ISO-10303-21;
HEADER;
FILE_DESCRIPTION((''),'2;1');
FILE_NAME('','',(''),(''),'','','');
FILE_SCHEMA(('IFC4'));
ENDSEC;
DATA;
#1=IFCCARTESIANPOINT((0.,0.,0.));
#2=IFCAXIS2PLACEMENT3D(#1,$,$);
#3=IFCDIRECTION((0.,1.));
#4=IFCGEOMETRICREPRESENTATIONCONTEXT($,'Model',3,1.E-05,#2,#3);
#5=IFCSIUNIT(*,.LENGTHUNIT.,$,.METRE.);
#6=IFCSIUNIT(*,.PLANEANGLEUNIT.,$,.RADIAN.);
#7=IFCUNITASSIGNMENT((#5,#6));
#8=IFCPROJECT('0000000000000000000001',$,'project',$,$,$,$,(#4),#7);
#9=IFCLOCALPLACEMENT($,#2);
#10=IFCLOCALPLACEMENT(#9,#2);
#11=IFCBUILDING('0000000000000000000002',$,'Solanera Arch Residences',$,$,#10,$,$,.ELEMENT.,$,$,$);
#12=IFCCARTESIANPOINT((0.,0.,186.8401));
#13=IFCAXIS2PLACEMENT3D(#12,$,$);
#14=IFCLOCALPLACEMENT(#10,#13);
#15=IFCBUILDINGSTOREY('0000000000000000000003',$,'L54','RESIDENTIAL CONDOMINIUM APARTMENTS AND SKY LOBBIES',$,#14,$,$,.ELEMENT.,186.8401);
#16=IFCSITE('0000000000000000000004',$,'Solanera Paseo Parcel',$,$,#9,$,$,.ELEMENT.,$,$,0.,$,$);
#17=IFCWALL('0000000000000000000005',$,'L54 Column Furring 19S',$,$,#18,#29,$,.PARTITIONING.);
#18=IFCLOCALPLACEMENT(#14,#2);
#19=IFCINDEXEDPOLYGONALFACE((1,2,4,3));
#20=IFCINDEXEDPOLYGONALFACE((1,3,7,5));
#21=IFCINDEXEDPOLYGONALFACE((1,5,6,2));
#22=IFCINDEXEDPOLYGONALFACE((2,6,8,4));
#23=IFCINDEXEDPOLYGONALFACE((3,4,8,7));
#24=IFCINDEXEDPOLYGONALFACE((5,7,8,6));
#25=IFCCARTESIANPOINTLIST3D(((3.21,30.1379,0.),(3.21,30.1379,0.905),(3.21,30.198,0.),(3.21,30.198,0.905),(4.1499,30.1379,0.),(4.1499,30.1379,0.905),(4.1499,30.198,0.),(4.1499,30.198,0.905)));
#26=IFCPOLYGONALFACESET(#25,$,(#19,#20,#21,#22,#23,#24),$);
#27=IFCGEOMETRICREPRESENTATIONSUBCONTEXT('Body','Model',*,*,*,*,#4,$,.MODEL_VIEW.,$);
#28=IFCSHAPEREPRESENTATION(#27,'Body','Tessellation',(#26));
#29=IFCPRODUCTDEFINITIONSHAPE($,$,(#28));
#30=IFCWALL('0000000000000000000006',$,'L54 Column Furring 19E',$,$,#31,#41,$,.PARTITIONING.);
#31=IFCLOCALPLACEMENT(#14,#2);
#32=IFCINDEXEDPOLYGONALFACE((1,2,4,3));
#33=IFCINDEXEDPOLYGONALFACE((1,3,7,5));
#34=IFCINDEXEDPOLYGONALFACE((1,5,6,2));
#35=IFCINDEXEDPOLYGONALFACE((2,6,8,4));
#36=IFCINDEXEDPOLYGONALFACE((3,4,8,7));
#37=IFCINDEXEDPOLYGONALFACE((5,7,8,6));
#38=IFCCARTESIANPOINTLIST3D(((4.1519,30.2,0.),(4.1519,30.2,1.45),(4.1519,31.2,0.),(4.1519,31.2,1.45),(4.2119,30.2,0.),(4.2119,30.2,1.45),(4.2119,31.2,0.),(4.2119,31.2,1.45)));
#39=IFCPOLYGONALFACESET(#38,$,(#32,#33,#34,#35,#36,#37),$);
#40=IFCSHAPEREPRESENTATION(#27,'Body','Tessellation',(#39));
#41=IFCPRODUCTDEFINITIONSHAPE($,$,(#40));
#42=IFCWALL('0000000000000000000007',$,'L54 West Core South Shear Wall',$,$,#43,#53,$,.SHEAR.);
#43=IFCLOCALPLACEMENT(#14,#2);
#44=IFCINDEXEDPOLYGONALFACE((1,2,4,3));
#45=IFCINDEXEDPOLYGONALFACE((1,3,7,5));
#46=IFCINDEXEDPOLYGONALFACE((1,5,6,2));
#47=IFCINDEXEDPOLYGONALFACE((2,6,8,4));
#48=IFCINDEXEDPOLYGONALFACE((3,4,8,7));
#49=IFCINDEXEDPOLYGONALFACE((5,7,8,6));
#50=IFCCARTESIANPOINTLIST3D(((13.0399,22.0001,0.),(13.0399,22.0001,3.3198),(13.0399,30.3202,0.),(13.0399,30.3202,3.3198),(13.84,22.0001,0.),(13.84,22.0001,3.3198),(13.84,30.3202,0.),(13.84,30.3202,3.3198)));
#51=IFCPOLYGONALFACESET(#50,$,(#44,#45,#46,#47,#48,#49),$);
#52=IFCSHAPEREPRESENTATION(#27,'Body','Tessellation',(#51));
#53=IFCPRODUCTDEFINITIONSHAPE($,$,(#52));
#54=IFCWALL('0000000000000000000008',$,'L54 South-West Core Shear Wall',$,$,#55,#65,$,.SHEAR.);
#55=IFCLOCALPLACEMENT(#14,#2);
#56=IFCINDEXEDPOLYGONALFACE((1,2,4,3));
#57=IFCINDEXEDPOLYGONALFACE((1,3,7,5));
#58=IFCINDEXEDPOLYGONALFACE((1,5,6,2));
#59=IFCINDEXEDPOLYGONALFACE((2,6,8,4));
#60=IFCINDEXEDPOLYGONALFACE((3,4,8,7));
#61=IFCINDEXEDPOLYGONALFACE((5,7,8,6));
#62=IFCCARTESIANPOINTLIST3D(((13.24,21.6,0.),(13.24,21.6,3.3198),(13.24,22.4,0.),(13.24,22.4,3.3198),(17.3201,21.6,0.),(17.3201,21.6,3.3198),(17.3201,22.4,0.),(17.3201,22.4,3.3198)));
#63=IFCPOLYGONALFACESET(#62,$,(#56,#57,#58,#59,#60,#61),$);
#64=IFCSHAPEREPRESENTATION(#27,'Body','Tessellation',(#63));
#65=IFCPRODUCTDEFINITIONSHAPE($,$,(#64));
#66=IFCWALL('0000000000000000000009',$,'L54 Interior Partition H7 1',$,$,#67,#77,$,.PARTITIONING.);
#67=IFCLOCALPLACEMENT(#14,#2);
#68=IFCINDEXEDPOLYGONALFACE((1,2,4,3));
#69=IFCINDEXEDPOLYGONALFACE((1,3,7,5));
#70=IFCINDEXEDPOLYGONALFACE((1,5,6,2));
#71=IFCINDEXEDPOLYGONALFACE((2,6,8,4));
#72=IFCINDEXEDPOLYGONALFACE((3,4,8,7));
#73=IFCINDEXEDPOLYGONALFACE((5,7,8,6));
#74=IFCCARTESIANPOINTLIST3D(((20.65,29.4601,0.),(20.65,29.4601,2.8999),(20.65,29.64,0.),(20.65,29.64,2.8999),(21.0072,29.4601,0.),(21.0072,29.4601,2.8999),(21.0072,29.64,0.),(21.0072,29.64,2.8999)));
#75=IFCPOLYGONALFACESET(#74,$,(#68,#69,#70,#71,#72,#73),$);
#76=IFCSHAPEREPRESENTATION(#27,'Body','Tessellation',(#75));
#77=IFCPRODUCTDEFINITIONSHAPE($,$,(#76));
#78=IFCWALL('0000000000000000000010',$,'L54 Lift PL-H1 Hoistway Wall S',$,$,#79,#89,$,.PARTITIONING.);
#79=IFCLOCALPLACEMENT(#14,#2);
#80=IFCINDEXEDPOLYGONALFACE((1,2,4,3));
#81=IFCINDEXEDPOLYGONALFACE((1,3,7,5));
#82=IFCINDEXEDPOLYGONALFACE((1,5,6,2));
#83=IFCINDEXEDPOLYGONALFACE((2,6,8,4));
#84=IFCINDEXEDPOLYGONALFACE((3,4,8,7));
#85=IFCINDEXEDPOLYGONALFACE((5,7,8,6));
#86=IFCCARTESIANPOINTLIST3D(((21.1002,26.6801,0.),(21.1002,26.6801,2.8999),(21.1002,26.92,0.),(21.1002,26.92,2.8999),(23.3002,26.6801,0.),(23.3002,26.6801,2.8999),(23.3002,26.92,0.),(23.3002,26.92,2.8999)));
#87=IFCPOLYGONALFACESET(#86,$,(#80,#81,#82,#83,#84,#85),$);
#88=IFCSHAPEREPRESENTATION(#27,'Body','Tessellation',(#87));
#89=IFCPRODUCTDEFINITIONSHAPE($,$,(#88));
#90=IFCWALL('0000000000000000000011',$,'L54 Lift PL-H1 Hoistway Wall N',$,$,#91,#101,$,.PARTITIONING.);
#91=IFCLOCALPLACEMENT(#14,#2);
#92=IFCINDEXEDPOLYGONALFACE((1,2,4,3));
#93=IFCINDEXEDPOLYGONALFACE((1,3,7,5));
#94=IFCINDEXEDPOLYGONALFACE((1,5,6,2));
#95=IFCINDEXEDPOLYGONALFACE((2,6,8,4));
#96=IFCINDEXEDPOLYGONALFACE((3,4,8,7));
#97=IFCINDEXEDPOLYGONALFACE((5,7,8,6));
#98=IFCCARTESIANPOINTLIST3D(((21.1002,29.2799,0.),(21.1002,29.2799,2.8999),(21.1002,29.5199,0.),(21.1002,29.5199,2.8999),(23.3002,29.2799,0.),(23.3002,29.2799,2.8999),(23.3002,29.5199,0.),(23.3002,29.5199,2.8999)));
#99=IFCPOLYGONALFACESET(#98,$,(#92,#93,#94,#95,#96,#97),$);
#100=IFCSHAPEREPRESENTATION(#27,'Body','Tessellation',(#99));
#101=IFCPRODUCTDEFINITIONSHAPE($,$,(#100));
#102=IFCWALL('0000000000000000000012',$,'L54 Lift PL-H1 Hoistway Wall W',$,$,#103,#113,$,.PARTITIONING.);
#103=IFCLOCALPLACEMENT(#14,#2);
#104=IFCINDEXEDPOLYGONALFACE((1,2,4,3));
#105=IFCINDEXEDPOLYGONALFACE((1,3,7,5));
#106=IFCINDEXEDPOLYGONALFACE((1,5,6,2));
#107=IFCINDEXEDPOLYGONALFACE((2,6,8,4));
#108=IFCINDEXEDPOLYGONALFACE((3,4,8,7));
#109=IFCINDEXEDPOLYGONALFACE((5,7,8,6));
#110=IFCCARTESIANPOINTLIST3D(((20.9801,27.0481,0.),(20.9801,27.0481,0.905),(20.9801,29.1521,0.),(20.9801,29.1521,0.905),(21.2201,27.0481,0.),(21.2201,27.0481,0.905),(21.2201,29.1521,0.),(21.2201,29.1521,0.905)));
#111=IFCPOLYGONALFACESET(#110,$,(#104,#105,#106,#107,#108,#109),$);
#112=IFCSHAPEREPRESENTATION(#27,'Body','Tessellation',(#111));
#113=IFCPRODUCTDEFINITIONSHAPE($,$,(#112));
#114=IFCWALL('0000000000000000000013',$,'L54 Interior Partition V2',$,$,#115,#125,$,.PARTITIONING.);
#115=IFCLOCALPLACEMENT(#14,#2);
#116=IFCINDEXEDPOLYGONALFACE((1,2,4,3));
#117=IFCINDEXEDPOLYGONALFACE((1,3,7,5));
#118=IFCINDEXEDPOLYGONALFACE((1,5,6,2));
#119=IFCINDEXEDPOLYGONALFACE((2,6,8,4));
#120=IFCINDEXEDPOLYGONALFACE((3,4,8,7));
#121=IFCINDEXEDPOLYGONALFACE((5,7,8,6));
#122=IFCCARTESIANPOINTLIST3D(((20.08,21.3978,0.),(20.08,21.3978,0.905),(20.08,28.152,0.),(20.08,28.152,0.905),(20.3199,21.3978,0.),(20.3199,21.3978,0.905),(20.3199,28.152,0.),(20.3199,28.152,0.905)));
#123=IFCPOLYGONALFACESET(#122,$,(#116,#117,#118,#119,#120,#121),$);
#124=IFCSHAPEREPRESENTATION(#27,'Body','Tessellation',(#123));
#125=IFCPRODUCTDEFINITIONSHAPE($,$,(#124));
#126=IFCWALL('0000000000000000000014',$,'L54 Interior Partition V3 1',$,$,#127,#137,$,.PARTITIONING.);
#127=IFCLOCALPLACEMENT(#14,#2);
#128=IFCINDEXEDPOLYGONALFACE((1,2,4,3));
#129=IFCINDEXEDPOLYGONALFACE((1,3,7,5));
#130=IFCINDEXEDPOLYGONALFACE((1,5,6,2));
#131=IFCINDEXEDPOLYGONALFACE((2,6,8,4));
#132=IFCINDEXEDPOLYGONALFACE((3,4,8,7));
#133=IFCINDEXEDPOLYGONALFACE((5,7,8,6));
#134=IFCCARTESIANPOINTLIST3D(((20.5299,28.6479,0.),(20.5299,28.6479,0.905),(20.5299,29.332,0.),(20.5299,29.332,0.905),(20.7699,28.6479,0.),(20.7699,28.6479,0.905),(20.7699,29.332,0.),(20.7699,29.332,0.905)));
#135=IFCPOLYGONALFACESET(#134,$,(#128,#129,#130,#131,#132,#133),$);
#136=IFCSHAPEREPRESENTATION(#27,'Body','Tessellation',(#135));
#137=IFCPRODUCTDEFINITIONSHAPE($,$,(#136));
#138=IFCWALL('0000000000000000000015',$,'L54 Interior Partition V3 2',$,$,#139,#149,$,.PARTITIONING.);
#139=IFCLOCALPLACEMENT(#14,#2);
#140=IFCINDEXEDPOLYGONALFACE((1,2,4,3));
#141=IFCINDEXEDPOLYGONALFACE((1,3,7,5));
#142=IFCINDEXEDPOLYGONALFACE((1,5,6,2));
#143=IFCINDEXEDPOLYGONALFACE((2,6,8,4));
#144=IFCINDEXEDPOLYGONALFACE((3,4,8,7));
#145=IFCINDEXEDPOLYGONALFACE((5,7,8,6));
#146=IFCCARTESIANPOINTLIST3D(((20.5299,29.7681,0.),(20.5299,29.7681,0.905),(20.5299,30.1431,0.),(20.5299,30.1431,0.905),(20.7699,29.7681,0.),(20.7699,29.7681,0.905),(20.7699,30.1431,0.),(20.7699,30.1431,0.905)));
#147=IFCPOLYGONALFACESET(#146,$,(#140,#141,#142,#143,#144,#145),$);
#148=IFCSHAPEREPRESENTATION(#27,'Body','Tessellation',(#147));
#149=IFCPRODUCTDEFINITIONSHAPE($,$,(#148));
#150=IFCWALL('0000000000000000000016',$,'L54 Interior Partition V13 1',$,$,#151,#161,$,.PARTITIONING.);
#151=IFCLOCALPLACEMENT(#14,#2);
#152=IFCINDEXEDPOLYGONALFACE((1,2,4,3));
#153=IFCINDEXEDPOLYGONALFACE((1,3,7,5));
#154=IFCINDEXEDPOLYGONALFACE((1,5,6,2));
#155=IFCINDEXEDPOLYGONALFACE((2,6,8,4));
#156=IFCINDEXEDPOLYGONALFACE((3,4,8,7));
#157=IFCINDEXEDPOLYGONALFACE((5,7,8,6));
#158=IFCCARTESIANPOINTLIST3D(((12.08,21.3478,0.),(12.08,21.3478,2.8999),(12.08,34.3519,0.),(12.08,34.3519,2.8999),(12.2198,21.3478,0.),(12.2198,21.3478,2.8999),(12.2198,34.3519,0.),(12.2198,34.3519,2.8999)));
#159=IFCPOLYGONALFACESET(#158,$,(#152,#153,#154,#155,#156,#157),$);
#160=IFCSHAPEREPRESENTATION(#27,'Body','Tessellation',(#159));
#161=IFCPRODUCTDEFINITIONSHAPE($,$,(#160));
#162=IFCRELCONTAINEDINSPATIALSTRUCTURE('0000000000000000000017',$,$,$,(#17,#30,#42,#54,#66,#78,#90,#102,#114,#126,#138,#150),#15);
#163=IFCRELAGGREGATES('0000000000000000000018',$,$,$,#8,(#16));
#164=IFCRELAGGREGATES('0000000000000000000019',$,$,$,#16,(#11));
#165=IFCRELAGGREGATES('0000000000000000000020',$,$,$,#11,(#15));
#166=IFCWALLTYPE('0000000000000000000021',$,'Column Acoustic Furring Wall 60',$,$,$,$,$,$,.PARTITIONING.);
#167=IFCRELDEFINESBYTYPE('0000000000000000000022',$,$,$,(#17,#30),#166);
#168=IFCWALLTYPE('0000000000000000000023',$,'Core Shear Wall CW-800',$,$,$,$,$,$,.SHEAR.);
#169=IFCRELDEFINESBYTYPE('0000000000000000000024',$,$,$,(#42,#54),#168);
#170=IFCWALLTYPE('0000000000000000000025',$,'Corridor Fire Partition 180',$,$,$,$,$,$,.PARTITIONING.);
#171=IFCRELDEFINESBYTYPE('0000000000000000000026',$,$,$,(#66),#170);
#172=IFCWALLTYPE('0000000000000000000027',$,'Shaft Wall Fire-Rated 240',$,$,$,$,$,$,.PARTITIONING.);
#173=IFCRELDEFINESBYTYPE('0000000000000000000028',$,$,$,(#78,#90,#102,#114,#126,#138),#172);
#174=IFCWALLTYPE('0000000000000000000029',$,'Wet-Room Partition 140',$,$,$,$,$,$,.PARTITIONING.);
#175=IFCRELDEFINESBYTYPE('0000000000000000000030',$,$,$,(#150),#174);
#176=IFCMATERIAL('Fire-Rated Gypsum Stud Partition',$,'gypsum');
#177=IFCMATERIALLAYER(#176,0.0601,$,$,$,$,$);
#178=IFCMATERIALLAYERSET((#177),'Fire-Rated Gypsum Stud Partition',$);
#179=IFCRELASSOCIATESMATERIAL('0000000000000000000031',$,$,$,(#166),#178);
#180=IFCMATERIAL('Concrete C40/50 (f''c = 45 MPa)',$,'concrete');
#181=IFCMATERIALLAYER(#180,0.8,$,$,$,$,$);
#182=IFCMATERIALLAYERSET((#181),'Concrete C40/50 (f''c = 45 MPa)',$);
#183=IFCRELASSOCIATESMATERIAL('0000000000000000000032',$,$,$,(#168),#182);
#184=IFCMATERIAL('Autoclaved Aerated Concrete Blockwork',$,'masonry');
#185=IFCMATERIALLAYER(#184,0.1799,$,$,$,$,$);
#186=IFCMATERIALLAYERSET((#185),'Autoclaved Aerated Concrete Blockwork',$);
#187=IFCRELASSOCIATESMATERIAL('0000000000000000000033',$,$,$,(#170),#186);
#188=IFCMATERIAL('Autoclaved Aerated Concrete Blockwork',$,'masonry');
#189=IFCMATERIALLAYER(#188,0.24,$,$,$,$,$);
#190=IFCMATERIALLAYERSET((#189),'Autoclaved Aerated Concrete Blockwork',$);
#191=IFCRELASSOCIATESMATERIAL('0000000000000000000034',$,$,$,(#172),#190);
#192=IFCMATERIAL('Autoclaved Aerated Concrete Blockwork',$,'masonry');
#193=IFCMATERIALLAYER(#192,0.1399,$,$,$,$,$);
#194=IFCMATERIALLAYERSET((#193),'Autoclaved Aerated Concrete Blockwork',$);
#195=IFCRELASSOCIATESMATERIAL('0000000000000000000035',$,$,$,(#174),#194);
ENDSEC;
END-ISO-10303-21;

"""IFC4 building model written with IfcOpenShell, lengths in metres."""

from ifc_helpers import new_model, si_unit, direction, frame, frame_2d, origin, place, context, subcontext, project, spatial, rectangle, extrude, material, layer, layer_set, type_object, element, save


model = new_model("IFC4")

# Units and contexts
model_context = context("Model", 3, precision=1e-05, world=origin(), true_north=direction((0.0, 1.0)))
body_context = subcontext(model_context, "Body", "Model", "MODEL_VIEW")
ifc_project = project(units=[si_unit("LENGTHUNIT", "METRE"), si_unit("PLANEANGLEUNIT", "RADIAN")], contexts=[model_context])

# Site, building, storey
site_placement = place(None, origin())
site = spatial("IfcSite", under=ifc_project, at=site_placement, Name="Solanera Paseo Parcel", CompositionType="ELEMENT", RefElevation=0.0)
building_placement = place(site_placement, origin())
building = spatial("IfcBuilding", under=site, at=building_placement, Name="Solanera Arch Residences", CompositionType="ELEMENT")
storey_placement = place(building_placement, frame((0.0, 0.0, 186.8401)))
storey = spatial("IfcBuildingStorey", under=building, at=storey_placement, Name="L54", Description="RESIDENTIAL CONDOMINIUM APARTMENTS AND SKY LOBBIES", CompositionType="ELEMENT", Elevation=186.8401)

# Walls
ifc_material_1 = material(Name="Fire-Rated Gypsum Stud Partition", Category="gypsum")
ifc_layer_1 = layer(ifc_material_1, 0.0601)
ifc_layer_set_1 = layer_set([ifc_layer_1], Name="Fire-Rated Gypsum Stud Partition")
wall_type_1 = type_object("IfcWallType", Name="Column Acoustic Furring Wall 60", PredefinedType="PARTITIONING", material=ifc_layer_set_1)
wall_1_placement = place(storey_placement, frame((3.21, 30.168, 0.0), z_axis=(0.0, 0.0, 1.0), x_axis=(1.0, 0.0, 0.0)))
element("IfcWall", 1, at=wall_1_placement, inside=storey, type_object=wall_type_1, Name="L54 Column Furring 19S", PredefinedType="PARTITIONING", context=body_context, shape_type="SweptSolid", body=[
    extrude(rectangle(XDim=0.9399, YDim=0.0601, at=frame_2d((0.47, 0.0))), origin(), (0.0, 0.0, 1.0), 0.905),
])
wall_2_placement = place(storey_placement, frame((4.1819, 30.2, 0.0), z_axis=(0.0, 0.0, 1.0), x_axis=(0.0, 1.0, 0.0)))
element("IfcWall", 2, at=wall_2_placement, inside=storey, type_object=wall_type_1, Name="L54 Column Furring 19E", PredefinedType="PARTITIONING", context=body_context, shape_type="SweptSolid", body=[
    extrude(rectangle(XDim=1.0, YDim=0.0601, at=frame_2d((0.5, 0.0))), origin(), (0.0, 0.0, 1.0), 1.45),
])

# Walls
ifc_material_2 = material(Name="Concrete C40/50 (f'c = 45 MPa)", Category="concrete")
ifc_layer_2 = layer(ifc_material_2, 0.8)
ifc_layer_set_2 = layer_set([ifc_layer_2], Name="Concrete C40/50 (f'c = 45 MPa)")
wall_type_2 = type_object("IfcWallType", Name="Core Shear Wall CW-800", PredefinedType="SHEAR", material=ifc_layer_set_2)
wall_3_placement = place(storey_placement, frame((13.4399, 22.0, 0.0), z_axis=(0.0, 0.0, 1.0), x_axis=(0.0, 1.0, 0.0)))
element("IfcWall", 3, at=wall_3_placement, inside=storey, type_object=wall_type_2, Name="L54 West Core South Shear Wall", PredefinedType="SHEAR", context=body_context, shape_type="SweptSolid", body=[
    extrude(rectangle(XDim=8.3201, YDim=0.8, at=frame_2d((4.1602, 0.0))), origin(), (0.0, 0.0, 1.0), 3.3198),
])
wall_4_placement = place(storey_placement, frame((13.24, 22.0, 0.0), z_axis=(0.0, 0.0, 1.0), x_axis=(1.0, 0.0, 0.0)))
element("IfcWall", 4, at=wall_4_placement, inside=storey, type_object=wall_type_2, Name="L54 South-West Core Shear Wall", PredefinedType="SHEAR", context=body_context, shape_type="SweptSolid", body=[
    extrude(rectangle(XDim=4.0801, YDim=0.8, at=frame_2d((2.04, 0.0))), origin(), (0.0, 0.0, 1.0), 3.3198),
])
ifc_material_3 = material(Name="Autoclaved Aerated Concrete Blockwork", Category="masonry")
ifc_layer_3 = layer(ifc_material_3, 0.1799)
ifc_layer_set_3 = layer_set([ifc_layer_3], Name="Autoclaved Aerated Concrete Blockwork")
wall_type_3 = type_object("IfcWallType", Name="Corridor Fire Partition 180", PredefinedType="PARTITIONING", material=ifc_layer_set_3)
wall_5_placement = place(storey_placement, frame((20.6499, 29.55, 0.0), z_axis=(0.0, 0.0, 1.0), x_axis=(1.0, 0.0, 0.0)))
element("IfcWall", 5, at=wall_5_placement, inside=storey, type_object=wall_type_3, Name="L54 Interior Partition H7 1", PredefinedType="PARTITIONING", context=body_context, shape_type="SweptSolid", body=[
    extrude(rectangle(XDim=0.3572, YDim=0.1799, at=frame_2d((0.1787, 0.0))), origin(), (0.0, 0.0, 1.0), 2.8999),
])
ifc_material_4 = material(Name="Autoclaved Aerated Concrete Blockwork", Category="masonry")
ifc_layer_4 = layer(ifc_material_4, 0.24)
ifc_layer_set_4 = layer_set([ifc_layer_4], Name="Autoclaved Aerated Concrete Blockwork")
wall_type_4 = type_object("IfcWallType", Name="Shaft Wall Fire-Rated 240", PredefinedType="PARTITIONING", material=ifc_layer_set_4)
for number, where, z_axis, x_axis, name in (
    (6, (21.1001, 26.8, 0.0), (0.0, 0.0, 1.0), (1.0, 0.0, 0.0), "L54 Lift PL-H1 Hoistway Wall S"),
    (7, (21.1001, 29.3999, 0.0), (0.0, 0.0, 1.0), (1.0, 0.0, 0.0), "L54 Lift PL-H1 Hoistway Wall N"),
):
    element("IfcWall", number, at=place(storey_placement, frame(where, z_axis=z_axis, x_axis=x_axis)), inside=storey, type_object=wall_type_4, Name=name, PredefinedType="PARTITIONING", context=body_context, shape_type="SweptSolid", body=[
        extrude(rectangle(XDim=2.2, YDim=0.24, at=frame_2d((1.1001, 0.0))), origin(), (0.0, 0.0, 1.0), 2.8999),
    ])
wall_6_placement = place(storey_placement, frame((21.1001, 27.0481, 0.0), z_axis=(0.0, 0.0, 1.0), x_axis=(0.0, 1.0, 0.0)))
element("IfcWall", 8, at=wall_6_placement, inside=storey, type_object=wall_type_4, Name="L54 Lift PL-H1 Hoistway Wall W", PredefinedType="PARTITIONING", context=body_context, shape_type="SweptSolid", body=[
    extrude(rectangle(XDim=2.104, YDim=0.24, at=frame_2d((1.052, 0.0))), origin(), (0.0, 0.0, 1.0), 0.905),
])

# Walls
wall_7_placement = place(storey_placement, frame((20.2, 21.3979, 0.0), z_axis=(0.0, 0.0, 1.0), x_axis=(0.0, 1.0, 0.0)))
element("IfcWall", 9, at=wall_7_placement, inside=storey, type_object=wall_type_4, Name="L54 Interior Partition V2", PredefinedType="PARTITIONING", context=body_context, shape_type="SweptSolid", body=[
    extrude(rectangle(XDim=6.7542, YDim=0.24, at=frame_2d((3.377, 0.0))), origin(), (0.0, 0.0, 1.0), 0.905),
])
wall_8_placement = place(storey_placement, frame((20.6499, 28.6479, 0.0), z_axis=(0.0, 0.0, 1.0), x_axis=(0.0, 1.0, 0.0)))
element("IfcWall", 10, at=wall_8_placement, inside=storey, type_object=wall_type_4, Name="L54 Interior Partition V3 1", PredefinedType="PARTITIONING", context=body_context, shape_type="SweptSolid", body=[
    extrude(rectangle(XDim=0.6841, YDim=0.24, at=frame_2d((0.342, 0.0))), origin(), (0.0, 0.0, 1.0), 0.905),
])
wall_9_placement = place(storey_placement, frame((20.6499, 29.7681, 0.0), z_axis=(0.0, 0.0, 1.0), x_axis=(0.0, 1.0, 0.0)))
element("IfcWall", 11, at=wall_9_placement, inside=storey, type_object=wall_type_4, Name="L54 Interior Partition V3 2", PredefinedType="PARTITIONING", context=body_context, shape_type="SweptSolid", body=[
    extrude(rectangle(XDim=0.375, YDim=0.24, at=frame_2d((0.1875, 0.0))), origin(), (0.0, 0.0, 1.0), 0.905),
])
ifc_material_5 = material(Name="Autoclaved Aerated Concrete Blockwork", Category="masonry")
ifc_layer_5 = layer(ifc_material_5, 0.1399)
ifc_layer_set_5 = layer_set([ifc_layer_5], Name="Autoclaved Aerated Concrete Blockwork")
wall_type_5 = type_object("IfcWallType", Name="Wet-Room Partition 140", PredefinedType="PARTITIONING", material=ifc_layer_set_5)
wall_10_placement = place(storey_placement, frame((12.1499, 21.3479, 0.0), z_axis=(0.0, 0.0, 1.0), x_axis=(0.0, 1.0, 0.0)))
element("IfcWall", 12, at=wall_10_placement, inside=storey, type_object=wall_type_5, Name="L54 Interior Partition V13 1", PredefinedType="PARTITIONING", context=body_context, shape_type="SweptSolid", body=[
    extrude(rectangle(XDim=13.0042, YDim=0.1399, at=frame_2d((6.502, 0.0))), origin(), (0.0, 0.0, 1.0), 2.8999),
])

save(model, "model.ifc")
